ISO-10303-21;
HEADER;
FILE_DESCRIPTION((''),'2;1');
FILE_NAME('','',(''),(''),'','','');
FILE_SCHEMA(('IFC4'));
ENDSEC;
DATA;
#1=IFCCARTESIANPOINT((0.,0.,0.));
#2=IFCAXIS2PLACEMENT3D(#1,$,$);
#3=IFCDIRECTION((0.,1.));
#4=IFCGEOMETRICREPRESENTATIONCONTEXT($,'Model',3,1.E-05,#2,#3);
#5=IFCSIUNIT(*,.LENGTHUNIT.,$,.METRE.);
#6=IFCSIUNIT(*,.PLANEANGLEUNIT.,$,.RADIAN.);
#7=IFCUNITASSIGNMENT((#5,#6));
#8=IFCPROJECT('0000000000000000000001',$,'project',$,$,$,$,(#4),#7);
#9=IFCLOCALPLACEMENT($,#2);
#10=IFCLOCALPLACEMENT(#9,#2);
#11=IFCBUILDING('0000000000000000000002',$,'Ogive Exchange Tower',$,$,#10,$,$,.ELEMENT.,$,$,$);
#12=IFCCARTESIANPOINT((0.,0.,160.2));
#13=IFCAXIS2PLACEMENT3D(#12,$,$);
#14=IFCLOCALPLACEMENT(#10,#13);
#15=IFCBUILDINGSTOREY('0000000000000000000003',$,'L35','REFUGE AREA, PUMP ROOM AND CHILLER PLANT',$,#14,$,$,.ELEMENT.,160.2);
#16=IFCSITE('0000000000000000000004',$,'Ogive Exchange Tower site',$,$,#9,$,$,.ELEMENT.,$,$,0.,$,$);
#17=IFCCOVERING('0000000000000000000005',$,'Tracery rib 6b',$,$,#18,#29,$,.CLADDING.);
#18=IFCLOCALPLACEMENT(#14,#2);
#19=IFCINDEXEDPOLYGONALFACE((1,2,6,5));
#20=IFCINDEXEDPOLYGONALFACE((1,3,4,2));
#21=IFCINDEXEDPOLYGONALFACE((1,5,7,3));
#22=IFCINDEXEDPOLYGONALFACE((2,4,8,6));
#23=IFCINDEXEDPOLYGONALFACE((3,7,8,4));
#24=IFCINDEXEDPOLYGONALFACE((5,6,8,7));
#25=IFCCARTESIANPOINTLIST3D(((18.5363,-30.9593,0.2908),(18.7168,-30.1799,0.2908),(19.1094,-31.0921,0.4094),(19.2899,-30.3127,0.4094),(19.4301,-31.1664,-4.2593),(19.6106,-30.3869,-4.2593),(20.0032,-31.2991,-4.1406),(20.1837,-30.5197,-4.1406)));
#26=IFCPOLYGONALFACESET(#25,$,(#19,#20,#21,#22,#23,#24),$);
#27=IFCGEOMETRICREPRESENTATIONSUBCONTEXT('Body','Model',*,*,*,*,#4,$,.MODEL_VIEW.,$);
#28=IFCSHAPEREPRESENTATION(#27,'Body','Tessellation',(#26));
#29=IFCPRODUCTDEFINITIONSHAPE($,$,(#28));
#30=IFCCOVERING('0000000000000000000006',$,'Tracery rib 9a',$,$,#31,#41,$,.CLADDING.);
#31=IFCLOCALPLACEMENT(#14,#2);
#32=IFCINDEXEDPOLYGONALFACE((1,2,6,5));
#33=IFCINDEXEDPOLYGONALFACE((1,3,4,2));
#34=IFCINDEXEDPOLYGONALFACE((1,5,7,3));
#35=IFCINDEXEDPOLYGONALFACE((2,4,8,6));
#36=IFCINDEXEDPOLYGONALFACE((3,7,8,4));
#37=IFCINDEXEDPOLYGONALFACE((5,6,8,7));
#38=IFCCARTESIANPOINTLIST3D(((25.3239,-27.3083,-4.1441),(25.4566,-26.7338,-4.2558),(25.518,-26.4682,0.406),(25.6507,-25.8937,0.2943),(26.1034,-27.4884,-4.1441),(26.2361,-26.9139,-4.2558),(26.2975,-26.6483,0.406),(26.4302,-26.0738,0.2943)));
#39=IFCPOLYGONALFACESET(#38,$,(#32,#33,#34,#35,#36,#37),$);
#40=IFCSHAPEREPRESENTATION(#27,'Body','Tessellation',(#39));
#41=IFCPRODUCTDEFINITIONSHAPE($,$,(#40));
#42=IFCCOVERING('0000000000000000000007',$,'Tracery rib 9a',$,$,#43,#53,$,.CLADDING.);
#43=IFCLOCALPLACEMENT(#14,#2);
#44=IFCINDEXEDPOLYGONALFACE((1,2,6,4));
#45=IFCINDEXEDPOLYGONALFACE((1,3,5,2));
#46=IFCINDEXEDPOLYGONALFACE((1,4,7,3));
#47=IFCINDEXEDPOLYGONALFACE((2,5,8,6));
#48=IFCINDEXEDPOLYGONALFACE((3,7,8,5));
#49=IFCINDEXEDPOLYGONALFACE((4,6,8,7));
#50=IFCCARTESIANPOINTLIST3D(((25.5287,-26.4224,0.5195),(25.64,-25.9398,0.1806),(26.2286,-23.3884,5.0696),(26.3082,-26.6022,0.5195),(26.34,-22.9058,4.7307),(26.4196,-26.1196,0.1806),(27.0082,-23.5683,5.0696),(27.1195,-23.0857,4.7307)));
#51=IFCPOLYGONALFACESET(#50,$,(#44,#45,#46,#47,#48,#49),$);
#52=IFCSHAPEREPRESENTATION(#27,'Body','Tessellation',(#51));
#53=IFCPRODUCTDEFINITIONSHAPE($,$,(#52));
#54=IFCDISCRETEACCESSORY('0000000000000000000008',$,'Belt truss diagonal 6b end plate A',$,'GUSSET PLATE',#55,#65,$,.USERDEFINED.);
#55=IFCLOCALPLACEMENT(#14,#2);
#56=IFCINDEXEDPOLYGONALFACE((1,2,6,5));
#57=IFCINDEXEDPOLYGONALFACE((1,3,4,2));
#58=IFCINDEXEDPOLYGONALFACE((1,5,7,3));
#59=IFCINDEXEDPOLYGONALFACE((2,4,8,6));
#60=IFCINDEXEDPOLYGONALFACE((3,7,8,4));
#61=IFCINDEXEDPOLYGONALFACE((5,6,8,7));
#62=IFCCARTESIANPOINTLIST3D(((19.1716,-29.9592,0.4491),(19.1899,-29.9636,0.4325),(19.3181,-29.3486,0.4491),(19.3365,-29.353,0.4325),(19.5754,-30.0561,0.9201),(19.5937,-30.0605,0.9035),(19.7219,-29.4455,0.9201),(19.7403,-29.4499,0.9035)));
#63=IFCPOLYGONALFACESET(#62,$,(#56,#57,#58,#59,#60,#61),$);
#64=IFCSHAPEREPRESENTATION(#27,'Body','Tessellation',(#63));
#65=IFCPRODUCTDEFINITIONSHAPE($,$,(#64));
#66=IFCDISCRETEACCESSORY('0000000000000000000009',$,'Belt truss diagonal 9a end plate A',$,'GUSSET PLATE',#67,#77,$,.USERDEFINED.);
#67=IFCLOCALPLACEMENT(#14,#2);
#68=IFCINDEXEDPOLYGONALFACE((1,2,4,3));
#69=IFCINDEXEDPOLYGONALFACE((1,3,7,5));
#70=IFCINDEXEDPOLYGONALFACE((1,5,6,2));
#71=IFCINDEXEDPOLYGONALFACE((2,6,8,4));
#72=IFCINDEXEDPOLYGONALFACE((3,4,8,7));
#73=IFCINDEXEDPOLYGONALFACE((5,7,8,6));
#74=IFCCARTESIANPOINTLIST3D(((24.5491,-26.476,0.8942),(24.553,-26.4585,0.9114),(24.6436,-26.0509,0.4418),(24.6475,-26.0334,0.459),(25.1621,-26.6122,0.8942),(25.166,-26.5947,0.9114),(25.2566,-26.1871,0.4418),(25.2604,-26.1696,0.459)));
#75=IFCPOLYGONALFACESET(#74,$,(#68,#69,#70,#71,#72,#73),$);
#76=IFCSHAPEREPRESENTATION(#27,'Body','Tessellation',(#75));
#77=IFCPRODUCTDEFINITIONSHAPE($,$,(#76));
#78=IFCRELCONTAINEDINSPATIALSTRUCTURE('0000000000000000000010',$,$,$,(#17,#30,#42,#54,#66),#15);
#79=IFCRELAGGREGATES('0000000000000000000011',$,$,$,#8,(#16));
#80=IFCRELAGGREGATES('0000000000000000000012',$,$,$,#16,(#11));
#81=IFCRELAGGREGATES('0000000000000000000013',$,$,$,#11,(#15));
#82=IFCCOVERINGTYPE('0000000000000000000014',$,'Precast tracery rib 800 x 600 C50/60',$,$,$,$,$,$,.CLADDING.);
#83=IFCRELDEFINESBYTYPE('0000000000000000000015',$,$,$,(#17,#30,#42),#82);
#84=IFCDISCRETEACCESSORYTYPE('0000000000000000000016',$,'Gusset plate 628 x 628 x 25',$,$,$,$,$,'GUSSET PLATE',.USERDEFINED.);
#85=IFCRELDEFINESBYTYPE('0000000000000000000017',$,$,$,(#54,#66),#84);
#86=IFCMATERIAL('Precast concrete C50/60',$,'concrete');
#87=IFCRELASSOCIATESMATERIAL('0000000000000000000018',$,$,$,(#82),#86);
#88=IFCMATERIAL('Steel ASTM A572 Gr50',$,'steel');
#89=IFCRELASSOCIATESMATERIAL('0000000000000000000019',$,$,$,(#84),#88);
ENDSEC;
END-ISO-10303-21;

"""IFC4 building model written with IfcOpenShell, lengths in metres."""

from ifc_helpers import new_model, si_unit, direction, frame, origin, origin_2d, place, context, subcontext, project, spatial, rectangle, extrude, material, material_profile, profile_set, type_object, element, save


model = new_model("IFC4")

# Units and contexts
model_context = context("Model", 3, precision=1e-05, world=origin(), true_north=direction((0.0, 1.0)))
body_context = subcontext(model_context, "Body", "Model", "MODEL_VIEW")
ifc_project = project(units=[si_unit("LENGTHUNIT", "METRE"), si_unit("PLANEANGLEUNIT", "RADIAN")], contexts=[model_context])

# Site, building, storey
site_placement = place(None, origin())
site = spatial("IfcSite", under=ifc_project, at=site_placement, Name="Ogive Exchange Tower site", CompositionType="ELEMENT", RefElevation=0.0)
building_placement = place(site_placement, origin())
building = spatial("IfcBuilding", under=site, at=building_placement, Name="Ogive Exchange Tower", CompositionType="ELEMENT")
storey_placement = place(building_placement, frame((0.0, 0.0, 160.2)))
storey = spatial("IfcBuildingStorey", under=building, at=storey_placement, Name="L35", Description="REFUGE AREA, PUMP ROOM AND CHILLER PLANT", CompositionType="ELEMENT", Elevation=160.2)

# Coverings
ifc_material_1 = material(Name="Precast concrete C50/60", Category="concrete")
ifc_material_profile_1 = material_profile(ifc_material_1, rectangle(XDim=0.8, YDim=0.6001, at=origin_2d()), Name="RIB 800 x 600")
ifc_profile_set_1 = profile_set([ifc_material_profile_1], Name="Precast concrete C50/60")
covering_type = type_object("IfcCoveringType", Name="Precast tracery rib 800 x 600 C50/60", PredefinedType="CLADDING", material=ifc_profile_set_1)
covering_1_placement = place(storey_placement, frame((19.8069, -30.843, -4.2), z_axis=(-0.192562, 0.044603, 0.980271), x_axis=(-0.225656, -0.974207, 0.0)))
element("IfcCovering", 1, at=covering_1_placement, inside=storey, type_object=covering_type, Name="Tracery rib 6b", PredefinedType="CLADDING", context=body_context, shape_type="SweptSolid", body=[
    extrude(rectangle(XDim=0.8, YDim=0.6001, at=origin_2d()), origin(), (0.0, 0.0, 1.0), 4.6416),
])
covering_2_placement = place(storey_placement, frame((25.78, -27.1111, -4.2), z_axis=(0.041911, 0.181404, 0.982515), x_axis=(-0.974334, 0.225108, 0.0)))
element("IfcCovering", 2, at=covering_2_placement, inside=storey, type_object=covering_type, Name="Tracery rib 9a", PredefinedType="CLADDING", context=body_context, shape_type="SweptSolid", body=[
    extrude(rectangle(XDim=0.8, YDim=0.6001, at=origin_2d()), origin(), (0.0, 0.0, 1.0), 4.6311),
])
covering_3_placement = place(storey_placement, frame((25.9741, -26.271, 0.3501), z_axis=(0.126954, 0.550283, 0.82527), x_axis=(-0.974404, 0.224802, 0.0)))
element("IfcCovering", 3, at=covering_3_placement, inside=storey, type_object=covering_type, Name="Tracery rib 9a", PredefinedType="CLADDING", context=body_context, shape_type="SweptSolid", body=[
    extrude(rectangle(XDim=0.8, YDim=0.6001, at=origin_2d()), origin(), (0.0, 0.0, 1.0), 5.5134),
])

# Discrete accessories
ifc_material_2 = material(Name="Steel ASTM A572 Gr50", Category="steel")
ifc_material_profile_2 = material_profile(ifc_material_2, rectangle(XDim=0.6279, YDim=0.6279, at=origin_2d()), Name="PL 628 x 628 x 25")
ifc_profile_set_2 = profile_set([ifc_material_profile_2], Name="Steel ASTM A572 Gr50")
discrete_accessory_type = type_object("IfcDiscreteAccessoryType", Name="Gusset plate 628 x 628 x 25", ElementType="GUSSET PLATE", PredefinedType="USERDEFINED", material=ifc_profile_set_2)
discrete_accessory_1_placement = place(storey_placement, frame((19.4651, -29.7068, 0.668), z_axis=(-0.729394, 0.175055, 0.661317), x_axis=(-0.233373, -0.972387, 0.0)))
element("IfcDiscreteAccessory", 4, at=discrete_accessory_1_placement, inside=storey, type_object=discrete_accessory_type, Name="Belt truss diagonal 6b end plate A", ObjectType="GUSSET PLATE", PredefinedType="USERDEFINED", context=body_context, shape_type="SweptSolid", body=[
    extrude(rectangle(XDim=0.6279, YDim=0.6279, at=origin_2d()), origin(), (0.0, 0.0, 1.0), 0.0251),
])
discrete_accessory_2_placement = place(storey_placement, frame((24.9028, -26.3315, 0.668), z_axis=(0.156285, 0.703285, 0.693517), x_axis=(-0.976187, 0.21693, 0.0)))
element("IfcDiscreteAccessory", 5, at=discrete_accessory_2_placement, inside=storey, type_object=discrete_accessory_type, Name="Belt truss diagonal 9a end plate A", ObjectType="GUSSET PLATE", PredefinedType="USERDEFINED", context=body_context, shape_type="SweptSolid", body=[
    extrude(rectangle(XDim=0.6279, YDim=0.6279, at=origin_2d()), origin(), (0.0, 0.0, 1.0), 0.0249),
])

save(model, "model.ifc")
